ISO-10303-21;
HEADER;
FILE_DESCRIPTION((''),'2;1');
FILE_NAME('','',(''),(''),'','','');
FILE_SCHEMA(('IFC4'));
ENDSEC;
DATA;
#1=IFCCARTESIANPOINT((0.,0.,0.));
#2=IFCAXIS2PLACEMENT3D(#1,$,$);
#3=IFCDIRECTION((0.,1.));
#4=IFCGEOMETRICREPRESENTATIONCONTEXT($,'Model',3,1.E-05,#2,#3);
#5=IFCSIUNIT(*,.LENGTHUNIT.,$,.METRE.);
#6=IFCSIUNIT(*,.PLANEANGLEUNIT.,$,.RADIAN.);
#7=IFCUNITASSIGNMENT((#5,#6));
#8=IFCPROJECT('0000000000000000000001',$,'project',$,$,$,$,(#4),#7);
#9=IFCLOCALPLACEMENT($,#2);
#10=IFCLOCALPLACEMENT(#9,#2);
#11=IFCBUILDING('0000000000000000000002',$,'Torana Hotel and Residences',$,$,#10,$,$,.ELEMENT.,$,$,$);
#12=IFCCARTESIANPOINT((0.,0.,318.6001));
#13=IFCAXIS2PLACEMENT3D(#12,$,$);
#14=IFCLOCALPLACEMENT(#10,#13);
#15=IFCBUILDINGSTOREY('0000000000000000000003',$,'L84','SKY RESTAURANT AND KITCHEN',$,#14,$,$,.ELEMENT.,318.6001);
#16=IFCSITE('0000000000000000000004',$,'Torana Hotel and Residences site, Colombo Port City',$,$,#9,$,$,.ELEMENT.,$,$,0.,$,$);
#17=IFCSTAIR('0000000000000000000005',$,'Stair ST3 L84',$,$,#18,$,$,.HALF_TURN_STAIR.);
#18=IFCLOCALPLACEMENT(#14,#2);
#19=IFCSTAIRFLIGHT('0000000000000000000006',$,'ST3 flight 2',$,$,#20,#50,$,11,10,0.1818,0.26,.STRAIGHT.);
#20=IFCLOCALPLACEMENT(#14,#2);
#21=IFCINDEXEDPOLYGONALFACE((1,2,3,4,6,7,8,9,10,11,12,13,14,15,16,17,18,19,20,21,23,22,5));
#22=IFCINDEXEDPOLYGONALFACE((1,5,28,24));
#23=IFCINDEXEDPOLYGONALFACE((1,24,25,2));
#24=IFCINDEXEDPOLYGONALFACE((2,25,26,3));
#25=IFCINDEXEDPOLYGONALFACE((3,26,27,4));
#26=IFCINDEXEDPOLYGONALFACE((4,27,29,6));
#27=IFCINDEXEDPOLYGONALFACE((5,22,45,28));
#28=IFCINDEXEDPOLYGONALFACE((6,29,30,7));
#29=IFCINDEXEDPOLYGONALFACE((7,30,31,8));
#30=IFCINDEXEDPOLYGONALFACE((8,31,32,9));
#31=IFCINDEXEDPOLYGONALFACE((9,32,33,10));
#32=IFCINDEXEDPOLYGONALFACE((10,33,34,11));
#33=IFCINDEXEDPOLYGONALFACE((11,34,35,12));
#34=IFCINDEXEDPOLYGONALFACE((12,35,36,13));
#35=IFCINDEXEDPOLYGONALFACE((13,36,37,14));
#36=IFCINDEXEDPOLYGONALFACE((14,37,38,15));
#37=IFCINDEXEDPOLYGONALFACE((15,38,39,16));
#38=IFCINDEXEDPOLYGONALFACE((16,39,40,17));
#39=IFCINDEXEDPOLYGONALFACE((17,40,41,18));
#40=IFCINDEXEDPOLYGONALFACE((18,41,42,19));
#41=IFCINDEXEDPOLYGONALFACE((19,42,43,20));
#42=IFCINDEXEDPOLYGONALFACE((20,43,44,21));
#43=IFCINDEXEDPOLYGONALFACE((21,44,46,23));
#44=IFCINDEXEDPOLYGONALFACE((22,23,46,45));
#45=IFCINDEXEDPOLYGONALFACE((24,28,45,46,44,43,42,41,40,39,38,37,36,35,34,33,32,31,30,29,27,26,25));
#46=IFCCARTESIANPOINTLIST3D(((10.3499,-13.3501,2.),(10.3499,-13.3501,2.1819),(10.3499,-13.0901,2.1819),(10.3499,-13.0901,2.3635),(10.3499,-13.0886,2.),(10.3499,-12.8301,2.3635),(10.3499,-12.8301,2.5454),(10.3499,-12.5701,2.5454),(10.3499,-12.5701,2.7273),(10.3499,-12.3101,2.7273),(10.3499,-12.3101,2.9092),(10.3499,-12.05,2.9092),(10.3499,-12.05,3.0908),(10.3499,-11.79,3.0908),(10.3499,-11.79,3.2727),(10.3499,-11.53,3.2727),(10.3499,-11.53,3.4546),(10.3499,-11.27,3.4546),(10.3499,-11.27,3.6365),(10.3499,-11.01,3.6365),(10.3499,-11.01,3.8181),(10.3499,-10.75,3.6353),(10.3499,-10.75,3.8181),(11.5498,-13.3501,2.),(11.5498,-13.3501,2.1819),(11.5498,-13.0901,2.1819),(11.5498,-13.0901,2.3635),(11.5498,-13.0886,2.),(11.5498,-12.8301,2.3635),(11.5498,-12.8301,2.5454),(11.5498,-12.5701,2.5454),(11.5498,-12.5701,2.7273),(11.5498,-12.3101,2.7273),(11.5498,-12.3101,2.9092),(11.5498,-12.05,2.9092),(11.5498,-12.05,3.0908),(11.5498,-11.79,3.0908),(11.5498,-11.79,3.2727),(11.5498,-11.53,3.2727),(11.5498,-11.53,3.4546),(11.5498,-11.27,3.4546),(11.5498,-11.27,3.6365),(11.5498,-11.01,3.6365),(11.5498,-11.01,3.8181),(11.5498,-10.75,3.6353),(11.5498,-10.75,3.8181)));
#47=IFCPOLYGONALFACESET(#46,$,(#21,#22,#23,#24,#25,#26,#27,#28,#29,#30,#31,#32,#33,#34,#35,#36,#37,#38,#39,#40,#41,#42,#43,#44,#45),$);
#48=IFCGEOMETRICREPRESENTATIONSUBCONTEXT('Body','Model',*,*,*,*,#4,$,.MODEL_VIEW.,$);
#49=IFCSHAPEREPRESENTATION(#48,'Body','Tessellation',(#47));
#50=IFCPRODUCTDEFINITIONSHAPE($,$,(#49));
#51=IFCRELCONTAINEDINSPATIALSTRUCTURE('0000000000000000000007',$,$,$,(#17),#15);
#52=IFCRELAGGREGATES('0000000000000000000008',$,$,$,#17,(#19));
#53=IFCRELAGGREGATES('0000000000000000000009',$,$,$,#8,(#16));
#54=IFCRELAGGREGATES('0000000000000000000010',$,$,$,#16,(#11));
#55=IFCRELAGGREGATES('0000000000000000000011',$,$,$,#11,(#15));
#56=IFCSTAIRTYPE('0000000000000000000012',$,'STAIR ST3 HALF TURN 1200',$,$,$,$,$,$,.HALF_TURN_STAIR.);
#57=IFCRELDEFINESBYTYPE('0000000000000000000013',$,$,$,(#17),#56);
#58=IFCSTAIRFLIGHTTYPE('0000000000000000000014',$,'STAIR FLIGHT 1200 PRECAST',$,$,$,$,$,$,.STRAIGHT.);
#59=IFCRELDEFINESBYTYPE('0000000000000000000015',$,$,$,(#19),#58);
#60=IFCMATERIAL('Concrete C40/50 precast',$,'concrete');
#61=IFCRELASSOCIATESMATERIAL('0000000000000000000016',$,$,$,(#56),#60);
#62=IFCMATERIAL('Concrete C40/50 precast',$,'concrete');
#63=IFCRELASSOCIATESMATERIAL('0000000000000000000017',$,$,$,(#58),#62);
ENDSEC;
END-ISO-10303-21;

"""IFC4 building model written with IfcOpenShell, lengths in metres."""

from ifc_helpers import new_model, si_unit, direction, frame, origin, place, context, subcontext, project, spatial, polyline, outline, extrude, material, type_object, element, aggregate, save


model = new_model("IFC4")

# Units and contexts
model_context = context("Model", 3, precision=1e-05, world=origin(), true_north=direction((0.0, 1.0)))
body_context = subcontext(model_context, "Body", "Model", "MODEL_VIEW")
ifc_project = project(units=[si_unit("LENGTHUNIT", "METRE"), si_unit("PLANEANGLEUNIT", "RADIAN")], contexts=[model_context])

# Site, building, storey
site_placement = place(None, origin())
site = spatial("IfcSite", under=ifc_project, at=site_placement, Name="Torana Hotel and Residences site, Colombo Port City", CompositionType="ELEMENT", RefElevation=0.0)
building_placement = place(site_placement, origin())
building = spatial("IfcBuilding", under=site, at=building_placement, Name="Torana Hotel and Residences", CompositionType="ELEMENT")
storey_placement = place(building_placement, frame((0.0, 0.0, 318.6001)))
storey = spatial("IfcBuildingStorey", under=building, at=storey_placement, Name="L84", Description="SKY RESTAURANT AND KITCHEN", CompositionType="ELEMENT", Elevation=318.6001)

# Stair, stair flight
ifc_material_1 = material(Name="Concrete C40/50 precast", Category="concrete")
stair_type = type_object("IfcStairType", Name="STAIR ST3 HALF TURN 1200", PredefinedType="HALF_TURN_STAIR", material=ifc_material_1)
stair_placement = place(storey_placement, origin())
stair = element("IfcStair", 1, at=stair_placement, inside=storey, type_object=stair_type, Name="Stair ST3 L84", PredefinedType="HALF_TURN_STAIR")
ifc_material_2 = material(Name="Concrete C40/50 precast", Category="concrete")
stair_flight_type = type_object("IfcStairFlightType", Name="STAIR FLIGHT 1200 PRECAST", PredefinedType="STRAIGHT", material=ifc_material_2)
stair_flight_placement = place(storey_placement, frame((10.95, -13.3501, 2.0), z_axis=(0.0, 0.0, 1.0), x_axis=(0.0, 1.0, 0.0)))
stair_flight = element("IfcStairFlight", 2, at=stair_flight_placement, type_object=stair_flight_type, Name="ST3 flight 2", NumberOfRisers=11, NumberOfTreads=10, PredefinedType="STRAIGHT", RiserHeight=0.1818, TreadLength=0.26, context=body_context, shape_type="SweptSolid", body=[
    extrude(outline(polyline([(0.0, 0.0), (0.0, 0.1819), (0.26, 0.1819), (0.26, 0.3635), (0.52, 0.3635), (0.52, 0.5454), (0.78, 0.5454), (0.78, 0.7273), (1.04, 0.7273), (1.04, 0.9092), (1.3, 0.9092), (1.3, 1.0908), (1.5601, 1.0908), (1.5601, 1.2727), (1.8201, 1.2727), (1.8201, 1.4546), (2.0801, 1.4546), (2.0801, 1.6365), (2.3401, 1.6365), (2.3401, 1.8181), (2.6001, 1.8181), (2.6001, 2.0), (2.6001, 1.6353), (0.2615, 0.0), (0.0, 0.0)])), frame((0.0, 0.6001, 0.0), z_axis=(0.0, -1.0, 0.0), x_axis=(1.0, 0.0, 0.0)), (0.0, 0.0, 1.0), 1.2),
])
aggregate(stair, [stair_flight])

save(model, "model.ifc")
